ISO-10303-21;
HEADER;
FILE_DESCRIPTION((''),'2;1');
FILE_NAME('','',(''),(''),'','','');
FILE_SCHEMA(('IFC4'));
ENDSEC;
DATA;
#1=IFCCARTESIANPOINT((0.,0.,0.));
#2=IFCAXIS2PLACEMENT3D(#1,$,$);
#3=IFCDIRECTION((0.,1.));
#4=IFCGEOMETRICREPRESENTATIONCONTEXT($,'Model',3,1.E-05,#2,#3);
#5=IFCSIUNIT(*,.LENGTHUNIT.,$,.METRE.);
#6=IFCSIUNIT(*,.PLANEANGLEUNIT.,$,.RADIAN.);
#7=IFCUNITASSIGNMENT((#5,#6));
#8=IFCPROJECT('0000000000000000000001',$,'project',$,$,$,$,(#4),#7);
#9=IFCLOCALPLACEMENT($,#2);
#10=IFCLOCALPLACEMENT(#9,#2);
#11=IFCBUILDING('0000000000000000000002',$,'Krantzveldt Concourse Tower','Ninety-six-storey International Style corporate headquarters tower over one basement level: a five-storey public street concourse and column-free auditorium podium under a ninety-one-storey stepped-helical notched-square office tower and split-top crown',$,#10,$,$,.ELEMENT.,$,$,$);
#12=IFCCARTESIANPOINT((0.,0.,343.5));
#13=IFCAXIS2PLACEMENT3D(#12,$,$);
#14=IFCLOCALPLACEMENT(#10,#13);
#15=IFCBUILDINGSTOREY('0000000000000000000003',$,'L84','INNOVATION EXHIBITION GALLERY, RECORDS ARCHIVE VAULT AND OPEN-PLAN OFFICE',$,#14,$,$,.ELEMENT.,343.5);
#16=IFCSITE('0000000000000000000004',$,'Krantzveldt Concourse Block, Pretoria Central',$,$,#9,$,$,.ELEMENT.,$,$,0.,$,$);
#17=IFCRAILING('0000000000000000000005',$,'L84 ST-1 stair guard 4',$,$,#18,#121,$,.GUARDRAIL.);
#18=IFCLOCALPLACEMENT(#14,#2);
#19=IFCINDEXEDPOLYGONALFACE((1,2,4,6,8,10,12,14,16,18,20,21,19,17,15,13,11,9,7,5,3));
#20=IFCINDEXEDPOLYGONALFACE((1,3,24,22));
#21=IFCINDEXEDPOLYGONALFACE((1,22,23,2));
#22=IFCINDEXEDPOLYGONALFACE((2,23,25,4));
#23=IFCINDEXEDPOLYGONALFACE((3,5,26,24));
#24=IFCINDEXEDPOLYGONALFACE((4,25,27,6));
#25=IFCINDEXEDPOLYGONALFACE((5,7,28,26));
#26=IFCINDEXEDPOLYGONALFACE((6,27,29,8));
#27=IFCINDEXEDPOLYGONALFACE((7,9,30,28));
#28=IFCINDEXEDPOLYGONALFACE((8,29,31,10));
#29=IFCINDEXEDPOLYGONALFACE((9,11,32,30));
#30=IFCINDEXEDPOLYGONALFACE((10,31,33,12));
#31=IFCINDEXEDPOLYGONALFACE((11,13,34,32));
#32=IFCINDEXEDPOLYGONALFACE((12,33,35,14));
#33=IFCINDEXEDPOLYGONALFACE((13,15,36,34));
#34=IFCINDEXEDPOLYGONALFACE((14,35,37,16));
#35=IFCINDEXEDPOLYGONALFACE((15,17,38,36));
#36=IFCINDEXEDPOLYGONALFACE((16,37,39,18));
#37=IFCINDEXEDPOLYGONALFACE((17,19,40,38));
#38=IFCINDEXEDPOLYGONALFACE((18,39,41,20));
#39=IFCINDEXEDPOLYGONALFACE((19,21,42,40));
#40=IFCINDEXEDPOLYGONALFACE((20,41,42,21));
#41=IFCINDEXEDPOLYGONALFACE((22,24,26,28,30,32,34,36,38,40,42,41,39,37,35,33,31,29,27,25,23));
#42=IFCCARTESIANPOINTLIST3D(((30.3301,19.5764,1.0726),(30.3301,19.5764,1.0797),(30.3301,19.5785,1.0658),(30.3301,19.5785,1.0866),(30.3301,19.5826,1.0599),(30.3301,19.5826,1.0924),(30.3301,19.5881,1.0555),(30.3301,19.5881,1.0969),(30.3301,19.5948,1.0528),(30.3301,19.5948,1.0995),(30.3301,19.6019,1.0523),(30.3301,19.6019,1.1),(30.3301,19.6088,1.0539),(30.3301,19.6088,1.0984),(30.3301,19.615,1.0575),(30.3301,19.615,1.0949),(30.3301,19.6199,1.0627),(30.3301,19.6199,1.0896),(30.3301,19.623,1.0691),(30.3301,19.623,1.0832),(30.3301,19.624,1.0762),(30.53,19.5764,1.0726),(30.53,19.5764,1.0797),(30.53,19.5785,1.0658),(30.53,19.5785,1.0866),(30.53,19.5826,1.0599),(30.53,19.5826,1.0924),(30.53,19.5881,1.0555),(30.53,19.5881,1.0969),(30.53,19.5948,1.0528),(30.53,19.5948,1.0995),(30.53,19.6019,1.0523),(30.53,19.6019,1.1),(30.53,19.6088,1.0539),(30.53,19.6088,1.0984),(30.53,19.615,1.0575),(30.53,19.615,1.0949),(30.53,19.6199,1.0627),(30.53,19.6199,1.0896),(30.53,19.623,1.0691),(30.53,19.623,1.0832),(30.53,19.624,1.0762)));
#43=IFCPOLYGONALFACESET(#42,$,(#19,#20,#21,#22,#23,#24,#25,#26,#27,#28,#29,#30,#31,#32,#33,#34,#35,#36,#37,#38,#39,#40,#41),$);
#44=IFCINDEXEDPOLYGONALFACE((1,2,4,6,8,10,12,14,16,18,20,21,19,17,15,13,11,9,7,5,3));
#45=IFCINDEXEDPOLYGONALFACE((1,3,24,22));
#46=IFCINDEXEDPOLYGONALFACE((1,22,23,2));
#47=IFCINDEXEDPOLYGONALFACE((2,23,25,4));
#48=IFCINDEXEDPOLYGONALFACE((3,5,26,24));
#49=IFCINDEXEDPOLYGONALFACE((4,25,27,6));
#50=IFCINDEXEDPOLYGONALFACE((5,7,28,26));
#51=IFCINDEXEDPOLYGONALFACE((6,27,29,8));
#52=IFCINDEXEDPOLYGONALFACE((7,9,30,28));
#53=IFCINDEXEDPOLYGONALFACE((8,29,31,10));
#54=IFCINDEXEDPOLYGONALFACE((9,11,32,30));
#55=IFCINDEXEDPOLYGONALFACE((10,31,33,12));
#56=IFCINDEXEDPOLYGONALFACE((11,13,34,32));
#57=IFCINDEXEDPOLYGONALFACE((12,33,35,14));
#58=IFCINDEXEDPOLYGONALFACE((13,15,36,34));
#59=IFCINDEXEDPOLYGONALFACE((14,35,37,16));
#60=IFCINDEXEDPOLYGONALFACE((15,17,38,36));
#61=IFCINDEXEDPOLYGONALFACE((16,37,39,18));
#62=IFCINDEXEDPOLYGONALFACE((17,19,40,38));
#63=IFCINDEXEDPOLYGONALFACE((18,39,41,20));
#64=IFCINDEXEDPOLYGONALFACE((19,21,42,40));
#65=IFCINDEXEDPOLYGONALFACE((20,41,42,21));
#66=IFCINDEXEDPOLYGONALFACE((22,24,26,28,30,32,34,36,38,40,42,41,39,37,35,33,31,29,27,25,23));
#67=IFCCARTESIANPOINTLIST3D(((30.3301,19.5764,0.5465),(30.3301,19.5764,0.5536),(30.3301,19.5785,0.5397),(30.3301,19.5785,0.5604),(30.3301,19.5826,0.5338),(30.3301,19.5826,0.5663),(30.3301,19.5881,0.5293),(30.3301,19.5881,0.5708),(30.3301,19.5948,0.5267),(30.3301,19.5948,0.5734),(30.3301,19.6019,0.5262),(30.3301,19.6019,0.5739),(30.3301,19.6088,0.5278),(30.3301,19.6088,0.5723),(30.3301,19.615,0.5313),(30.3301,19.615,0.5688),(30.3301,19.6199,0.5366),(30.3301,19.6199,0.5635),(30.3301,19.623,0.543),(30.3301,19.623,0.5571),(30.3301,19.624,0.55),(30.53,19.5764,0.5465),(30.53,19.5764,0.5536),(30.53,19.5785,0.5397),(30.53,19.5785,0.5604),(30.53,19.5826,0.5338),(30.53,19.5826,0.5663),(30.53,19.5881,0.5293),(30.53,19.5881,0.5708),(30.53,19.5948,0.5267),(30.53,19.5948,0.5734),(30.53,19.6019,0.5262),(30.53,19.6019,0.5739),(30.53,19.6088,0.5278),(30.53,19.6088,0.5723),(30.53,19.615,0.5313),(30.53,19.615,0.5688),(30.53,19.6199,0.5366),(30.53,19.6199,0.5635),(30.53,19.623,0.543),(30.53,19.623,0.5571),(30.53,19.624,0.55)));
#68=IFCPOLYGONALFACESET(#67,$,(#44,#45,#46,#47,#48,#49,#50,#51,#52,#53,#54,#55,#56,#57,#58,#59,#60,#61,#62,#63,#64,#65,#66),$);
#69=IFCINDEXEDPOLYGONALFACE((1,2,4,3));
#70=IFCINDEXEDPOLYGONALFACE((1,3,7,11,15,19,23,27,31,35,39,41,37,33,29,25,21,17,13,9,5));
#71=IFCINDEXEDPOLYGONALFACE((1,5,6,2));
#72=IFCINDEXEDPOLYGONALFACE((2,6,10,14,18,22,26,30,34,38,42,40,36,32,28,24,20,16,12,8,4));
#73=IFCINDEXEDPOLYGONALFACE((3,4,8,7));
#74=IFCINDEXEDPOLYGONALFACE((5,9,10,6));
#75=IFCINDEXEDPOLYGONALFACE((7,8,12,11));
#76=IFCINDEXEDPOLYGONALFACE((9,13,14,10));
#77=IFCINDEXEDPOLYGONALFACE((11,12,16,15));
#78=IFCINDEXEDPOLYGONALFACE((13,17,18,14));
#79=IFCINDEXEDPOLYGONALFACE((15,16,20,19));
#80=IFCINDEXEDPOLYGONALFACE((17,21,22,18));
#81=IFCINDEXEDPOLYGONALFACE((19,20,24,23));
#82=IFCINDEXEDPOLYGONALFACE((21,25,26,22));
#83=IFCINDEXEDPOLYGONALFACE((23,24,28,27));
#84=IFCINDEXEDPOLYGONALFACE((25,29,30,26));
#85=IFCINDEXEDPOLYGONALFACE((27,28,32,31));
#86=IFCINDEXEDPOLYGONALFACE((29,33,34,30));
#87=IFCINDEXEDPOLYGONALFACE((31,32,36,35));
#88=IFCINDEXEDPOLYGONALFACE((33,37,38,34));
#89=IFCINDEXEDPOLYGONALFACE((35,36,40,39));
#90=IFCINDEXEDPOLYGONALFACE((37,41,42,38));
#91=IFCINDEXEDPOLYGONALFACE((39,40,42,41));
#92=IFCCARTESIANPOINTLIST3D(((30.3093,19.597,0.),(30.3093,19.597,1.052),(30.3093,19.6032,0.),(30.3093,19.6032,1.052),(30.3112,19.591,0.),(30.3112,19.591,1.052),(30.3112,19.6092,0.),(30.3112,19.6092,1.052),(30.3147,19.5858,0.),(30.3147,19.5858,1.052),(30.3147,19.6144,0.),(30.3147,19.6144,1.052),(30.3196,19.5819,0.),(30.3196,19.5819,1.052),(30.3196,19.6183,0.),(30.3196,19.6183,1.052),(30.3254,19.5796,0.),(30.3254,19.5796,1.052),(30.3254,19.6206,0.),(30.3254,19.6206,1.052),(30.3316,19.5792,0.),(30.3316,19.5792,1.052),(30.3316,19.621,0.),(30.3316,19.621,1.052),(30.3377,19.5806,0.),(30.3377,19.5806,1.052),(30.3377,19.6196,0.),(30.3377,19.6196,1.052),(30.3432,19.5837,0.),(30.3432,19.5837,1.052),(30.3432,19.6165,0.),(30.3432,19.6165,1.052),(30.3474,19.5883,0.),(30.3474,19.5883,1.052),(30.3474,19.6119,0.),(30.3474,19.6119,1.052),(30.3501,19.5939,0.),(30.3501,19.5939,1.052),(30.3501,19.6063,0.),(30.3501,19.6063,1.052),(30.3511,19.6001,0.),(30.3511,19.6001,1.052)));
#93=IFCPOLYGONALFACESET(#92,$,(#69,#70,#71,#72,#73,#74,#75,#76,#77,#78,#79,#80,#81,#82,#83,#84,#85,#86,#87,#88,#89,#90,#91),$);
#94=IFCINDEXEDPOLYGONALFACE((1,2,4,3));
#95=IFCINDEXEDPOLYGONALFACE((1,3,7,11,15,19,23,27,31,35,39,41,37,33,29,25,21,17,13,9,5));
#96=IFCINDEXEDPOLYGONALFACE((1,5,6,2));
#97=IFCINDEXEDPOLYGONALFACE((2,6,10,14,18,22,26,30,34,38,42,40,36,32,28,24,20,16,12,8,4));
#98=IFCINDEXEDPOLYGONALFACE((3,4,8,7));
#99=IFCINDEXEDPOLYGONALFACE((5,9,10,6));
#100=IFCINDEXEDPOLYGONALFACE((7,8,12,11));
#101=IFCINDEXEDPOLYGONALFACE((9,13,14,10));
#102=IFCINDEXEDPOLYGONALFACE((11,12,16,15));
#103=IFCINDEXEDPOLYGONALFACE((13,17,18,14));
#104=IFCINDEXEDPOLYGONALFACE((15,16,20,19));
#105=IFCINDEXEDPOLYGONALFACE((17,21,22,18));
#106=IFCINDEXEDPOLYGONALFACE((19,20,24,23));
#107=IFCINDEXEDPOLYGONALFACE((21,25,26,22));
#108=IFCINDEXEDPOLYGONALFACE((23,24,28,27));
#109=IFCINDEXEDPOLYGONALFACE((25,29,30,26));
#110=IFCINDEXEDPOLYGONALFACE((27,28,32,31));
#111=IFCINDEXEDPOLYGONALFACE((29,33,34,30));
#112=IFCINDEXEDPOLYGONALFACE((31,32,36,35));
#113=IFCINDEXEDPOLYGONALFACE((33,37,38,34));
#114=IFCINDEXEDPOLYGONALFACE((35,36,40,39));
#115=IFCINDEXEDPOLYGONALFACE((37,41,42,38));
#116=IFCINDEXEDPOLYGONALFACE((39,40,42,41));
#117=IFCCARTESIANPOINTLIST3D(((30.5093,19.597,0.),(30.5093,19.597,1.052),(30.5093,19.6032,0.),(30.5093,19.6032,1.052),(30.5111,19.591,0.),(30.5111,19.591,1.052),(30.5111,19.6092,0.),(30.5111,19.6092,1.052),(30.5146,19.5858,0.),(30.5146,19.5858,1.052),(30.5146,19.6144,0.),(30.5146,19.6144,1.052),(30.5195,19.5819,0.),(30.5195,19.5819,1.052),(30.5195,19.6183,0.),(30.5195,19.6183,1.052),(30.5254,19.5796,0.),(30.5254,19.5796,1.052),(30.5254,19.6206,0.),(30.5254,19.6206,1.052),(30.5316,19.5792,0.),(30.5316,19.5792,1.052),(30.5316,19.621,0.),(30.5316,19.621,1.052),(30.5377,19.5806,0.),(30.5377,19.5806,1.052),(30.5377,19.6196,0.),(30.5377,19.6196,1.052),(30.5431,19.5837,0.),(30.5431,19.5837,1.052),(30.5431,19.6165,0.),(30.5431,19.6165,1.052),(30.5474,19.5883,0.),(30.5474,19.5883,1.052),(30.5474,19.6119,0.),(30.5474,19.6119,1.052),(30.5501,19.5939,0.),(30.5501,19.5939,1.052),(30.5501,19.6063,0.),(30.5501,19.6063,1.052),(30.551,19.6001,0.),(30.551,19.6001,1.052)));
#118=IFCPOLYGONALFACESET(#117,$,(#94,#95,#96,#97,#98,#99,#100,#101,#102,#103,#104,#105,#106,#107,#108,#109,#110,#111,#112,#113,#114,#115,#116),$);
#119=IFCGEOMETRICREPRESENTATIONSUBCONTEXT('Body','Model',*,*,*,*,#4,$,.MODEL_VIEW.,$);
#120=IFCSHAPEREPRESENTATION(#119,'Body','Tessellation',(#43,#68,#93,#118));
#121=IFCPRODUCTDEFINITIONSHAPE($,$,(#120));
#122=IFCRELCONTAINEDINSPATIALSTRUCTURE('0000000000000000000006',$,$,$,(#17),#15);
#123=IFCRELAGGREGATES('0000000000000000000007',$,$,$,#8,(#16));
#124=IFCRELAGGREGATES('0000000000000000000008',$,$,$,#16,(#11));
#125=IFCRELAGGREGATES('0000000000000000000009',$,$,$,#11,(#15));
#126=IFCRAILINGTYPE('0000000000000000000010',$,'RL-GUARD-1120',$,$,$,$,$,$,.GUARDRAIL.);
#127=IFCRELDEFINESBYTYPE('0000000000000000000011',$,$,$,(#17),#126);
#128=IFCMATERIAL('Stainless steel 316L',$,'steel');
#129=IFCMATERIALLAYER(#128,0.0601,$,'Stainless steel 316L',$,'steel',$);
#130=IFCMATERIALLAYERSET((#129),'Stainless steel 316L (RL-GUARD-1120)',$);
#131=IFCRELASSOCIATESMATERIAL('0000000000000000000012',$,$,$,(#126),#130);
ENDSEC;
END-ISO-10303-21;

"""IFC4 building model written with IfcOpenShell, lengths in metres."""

from ifc_helpers import new_model, si_unit, direction, frame, origin, origin_2d, place, context, subcontext, project, spatial, circle, extrude, material, layer, layer_set, type_object, element, save


model = new_model("IFC4")

# Units and contexts
model_context = context("Model", 3, precision=1e-05, world=origin(), true_north=direction((0.0, 1.0)))
body_context = subcontext(model_context, "Body", "Model", "MODEL_VIEW")
ifc_project = project(units=[si_unit("LENGTHUNIT", "METRE"), si_unit("PLANEANGLEUNIT", "RADIAN")], contexts=[model_context])

# Site, building, storey
site_placement = place(None, origin())
site = spatial("IfcSite", under=ifc_project, at=site_placement, Name="Krantzveldt Concourse Block, Pretoria Central", CompositionType="ELEMENT", RefElevation=0.0)
building_placement = place(site_placement, origin())
building = spatial("IfcBuilding", under=site, at=building_placement, Name="Krantzveldt Concourse Tower", Description="Ninety-six-storey International Style corporate headquarters tower over one basement level: a five-storey public street concourse and column-free auditorium podium under a ninety-one-storey stepped-helical notched-square office tower and split-top crown", CompositionType="ELEMENT")
storey_placement = place(building_placement, frame((0.0, 0.0, 343.5)))
storey = spatial("IfcBuildingStorey", under=building, at=storey_placement, Name="L84", Description="INNOVATION EXHIBITION GALLERY, RECORDS ARCHIVE VAULT AND OPEN-PLAN OFFICE", CompositionType="ELEMENT", Elevation=343.5)

# Railing
ifc_material_1 = material(Name="Stainless steel 316L", Category="steel")
ifc_layer_1 = layer(ifc_material_1, 0.0601, Name="Stainless steel 316L", Category="steel")
ifc_layer_set_1 = layer_set([ifc_layer_1], Name="Stainless steel 316L (RL-GUARD-1120)")
railing_type_1 = type_object("IfcRailingType", Name="RL-GUARD-1120", PredefinedType="GUARDRAIL", material=ifc_layer_set_1)
railing_1_placement = place(storey_placement, frame((30.3301, 19.6001, 0.0)))
element("IfcRailing", 1, at=railing_1_placement, inside=storey, type_object=railing_type_1, Name="L84 ST-1 stair guard 4", PredefinedType="GUARDRAIL", context=body_context, shape_type="SweptSolid", body=[
    extrude(circle(Radius=0.0239, at=origin_2d()), frame((0.0, 0.0, 1.0762), z_axis=(1.0, 0.0, 0.0), x_axis=(0.0, 1.0, 0.0)), (0.0, 0.0, 1.0), 0.2),
    extrude(circle(Radius=0.0239, at=origin_2d()), frame((0.0, 0.0, 0.55), z_axis=(1.0, 0.0, 0.0), x_axis=(0.0, 1.0, 0.0)), (0.0, 0.0, 1.0), 0.2),
    extrude(circle(Radius=0.021, at=origin_2d()), origin(), (0.0, 0.0, 1.0), 1.052),
    extrude(circle(Radius=0.021, at=origin_2d()), frame((0.2, 0.0, 0.0)), (0.0, 0.0, 1.0), 1.052),
])

save(model, "model.ifc")
